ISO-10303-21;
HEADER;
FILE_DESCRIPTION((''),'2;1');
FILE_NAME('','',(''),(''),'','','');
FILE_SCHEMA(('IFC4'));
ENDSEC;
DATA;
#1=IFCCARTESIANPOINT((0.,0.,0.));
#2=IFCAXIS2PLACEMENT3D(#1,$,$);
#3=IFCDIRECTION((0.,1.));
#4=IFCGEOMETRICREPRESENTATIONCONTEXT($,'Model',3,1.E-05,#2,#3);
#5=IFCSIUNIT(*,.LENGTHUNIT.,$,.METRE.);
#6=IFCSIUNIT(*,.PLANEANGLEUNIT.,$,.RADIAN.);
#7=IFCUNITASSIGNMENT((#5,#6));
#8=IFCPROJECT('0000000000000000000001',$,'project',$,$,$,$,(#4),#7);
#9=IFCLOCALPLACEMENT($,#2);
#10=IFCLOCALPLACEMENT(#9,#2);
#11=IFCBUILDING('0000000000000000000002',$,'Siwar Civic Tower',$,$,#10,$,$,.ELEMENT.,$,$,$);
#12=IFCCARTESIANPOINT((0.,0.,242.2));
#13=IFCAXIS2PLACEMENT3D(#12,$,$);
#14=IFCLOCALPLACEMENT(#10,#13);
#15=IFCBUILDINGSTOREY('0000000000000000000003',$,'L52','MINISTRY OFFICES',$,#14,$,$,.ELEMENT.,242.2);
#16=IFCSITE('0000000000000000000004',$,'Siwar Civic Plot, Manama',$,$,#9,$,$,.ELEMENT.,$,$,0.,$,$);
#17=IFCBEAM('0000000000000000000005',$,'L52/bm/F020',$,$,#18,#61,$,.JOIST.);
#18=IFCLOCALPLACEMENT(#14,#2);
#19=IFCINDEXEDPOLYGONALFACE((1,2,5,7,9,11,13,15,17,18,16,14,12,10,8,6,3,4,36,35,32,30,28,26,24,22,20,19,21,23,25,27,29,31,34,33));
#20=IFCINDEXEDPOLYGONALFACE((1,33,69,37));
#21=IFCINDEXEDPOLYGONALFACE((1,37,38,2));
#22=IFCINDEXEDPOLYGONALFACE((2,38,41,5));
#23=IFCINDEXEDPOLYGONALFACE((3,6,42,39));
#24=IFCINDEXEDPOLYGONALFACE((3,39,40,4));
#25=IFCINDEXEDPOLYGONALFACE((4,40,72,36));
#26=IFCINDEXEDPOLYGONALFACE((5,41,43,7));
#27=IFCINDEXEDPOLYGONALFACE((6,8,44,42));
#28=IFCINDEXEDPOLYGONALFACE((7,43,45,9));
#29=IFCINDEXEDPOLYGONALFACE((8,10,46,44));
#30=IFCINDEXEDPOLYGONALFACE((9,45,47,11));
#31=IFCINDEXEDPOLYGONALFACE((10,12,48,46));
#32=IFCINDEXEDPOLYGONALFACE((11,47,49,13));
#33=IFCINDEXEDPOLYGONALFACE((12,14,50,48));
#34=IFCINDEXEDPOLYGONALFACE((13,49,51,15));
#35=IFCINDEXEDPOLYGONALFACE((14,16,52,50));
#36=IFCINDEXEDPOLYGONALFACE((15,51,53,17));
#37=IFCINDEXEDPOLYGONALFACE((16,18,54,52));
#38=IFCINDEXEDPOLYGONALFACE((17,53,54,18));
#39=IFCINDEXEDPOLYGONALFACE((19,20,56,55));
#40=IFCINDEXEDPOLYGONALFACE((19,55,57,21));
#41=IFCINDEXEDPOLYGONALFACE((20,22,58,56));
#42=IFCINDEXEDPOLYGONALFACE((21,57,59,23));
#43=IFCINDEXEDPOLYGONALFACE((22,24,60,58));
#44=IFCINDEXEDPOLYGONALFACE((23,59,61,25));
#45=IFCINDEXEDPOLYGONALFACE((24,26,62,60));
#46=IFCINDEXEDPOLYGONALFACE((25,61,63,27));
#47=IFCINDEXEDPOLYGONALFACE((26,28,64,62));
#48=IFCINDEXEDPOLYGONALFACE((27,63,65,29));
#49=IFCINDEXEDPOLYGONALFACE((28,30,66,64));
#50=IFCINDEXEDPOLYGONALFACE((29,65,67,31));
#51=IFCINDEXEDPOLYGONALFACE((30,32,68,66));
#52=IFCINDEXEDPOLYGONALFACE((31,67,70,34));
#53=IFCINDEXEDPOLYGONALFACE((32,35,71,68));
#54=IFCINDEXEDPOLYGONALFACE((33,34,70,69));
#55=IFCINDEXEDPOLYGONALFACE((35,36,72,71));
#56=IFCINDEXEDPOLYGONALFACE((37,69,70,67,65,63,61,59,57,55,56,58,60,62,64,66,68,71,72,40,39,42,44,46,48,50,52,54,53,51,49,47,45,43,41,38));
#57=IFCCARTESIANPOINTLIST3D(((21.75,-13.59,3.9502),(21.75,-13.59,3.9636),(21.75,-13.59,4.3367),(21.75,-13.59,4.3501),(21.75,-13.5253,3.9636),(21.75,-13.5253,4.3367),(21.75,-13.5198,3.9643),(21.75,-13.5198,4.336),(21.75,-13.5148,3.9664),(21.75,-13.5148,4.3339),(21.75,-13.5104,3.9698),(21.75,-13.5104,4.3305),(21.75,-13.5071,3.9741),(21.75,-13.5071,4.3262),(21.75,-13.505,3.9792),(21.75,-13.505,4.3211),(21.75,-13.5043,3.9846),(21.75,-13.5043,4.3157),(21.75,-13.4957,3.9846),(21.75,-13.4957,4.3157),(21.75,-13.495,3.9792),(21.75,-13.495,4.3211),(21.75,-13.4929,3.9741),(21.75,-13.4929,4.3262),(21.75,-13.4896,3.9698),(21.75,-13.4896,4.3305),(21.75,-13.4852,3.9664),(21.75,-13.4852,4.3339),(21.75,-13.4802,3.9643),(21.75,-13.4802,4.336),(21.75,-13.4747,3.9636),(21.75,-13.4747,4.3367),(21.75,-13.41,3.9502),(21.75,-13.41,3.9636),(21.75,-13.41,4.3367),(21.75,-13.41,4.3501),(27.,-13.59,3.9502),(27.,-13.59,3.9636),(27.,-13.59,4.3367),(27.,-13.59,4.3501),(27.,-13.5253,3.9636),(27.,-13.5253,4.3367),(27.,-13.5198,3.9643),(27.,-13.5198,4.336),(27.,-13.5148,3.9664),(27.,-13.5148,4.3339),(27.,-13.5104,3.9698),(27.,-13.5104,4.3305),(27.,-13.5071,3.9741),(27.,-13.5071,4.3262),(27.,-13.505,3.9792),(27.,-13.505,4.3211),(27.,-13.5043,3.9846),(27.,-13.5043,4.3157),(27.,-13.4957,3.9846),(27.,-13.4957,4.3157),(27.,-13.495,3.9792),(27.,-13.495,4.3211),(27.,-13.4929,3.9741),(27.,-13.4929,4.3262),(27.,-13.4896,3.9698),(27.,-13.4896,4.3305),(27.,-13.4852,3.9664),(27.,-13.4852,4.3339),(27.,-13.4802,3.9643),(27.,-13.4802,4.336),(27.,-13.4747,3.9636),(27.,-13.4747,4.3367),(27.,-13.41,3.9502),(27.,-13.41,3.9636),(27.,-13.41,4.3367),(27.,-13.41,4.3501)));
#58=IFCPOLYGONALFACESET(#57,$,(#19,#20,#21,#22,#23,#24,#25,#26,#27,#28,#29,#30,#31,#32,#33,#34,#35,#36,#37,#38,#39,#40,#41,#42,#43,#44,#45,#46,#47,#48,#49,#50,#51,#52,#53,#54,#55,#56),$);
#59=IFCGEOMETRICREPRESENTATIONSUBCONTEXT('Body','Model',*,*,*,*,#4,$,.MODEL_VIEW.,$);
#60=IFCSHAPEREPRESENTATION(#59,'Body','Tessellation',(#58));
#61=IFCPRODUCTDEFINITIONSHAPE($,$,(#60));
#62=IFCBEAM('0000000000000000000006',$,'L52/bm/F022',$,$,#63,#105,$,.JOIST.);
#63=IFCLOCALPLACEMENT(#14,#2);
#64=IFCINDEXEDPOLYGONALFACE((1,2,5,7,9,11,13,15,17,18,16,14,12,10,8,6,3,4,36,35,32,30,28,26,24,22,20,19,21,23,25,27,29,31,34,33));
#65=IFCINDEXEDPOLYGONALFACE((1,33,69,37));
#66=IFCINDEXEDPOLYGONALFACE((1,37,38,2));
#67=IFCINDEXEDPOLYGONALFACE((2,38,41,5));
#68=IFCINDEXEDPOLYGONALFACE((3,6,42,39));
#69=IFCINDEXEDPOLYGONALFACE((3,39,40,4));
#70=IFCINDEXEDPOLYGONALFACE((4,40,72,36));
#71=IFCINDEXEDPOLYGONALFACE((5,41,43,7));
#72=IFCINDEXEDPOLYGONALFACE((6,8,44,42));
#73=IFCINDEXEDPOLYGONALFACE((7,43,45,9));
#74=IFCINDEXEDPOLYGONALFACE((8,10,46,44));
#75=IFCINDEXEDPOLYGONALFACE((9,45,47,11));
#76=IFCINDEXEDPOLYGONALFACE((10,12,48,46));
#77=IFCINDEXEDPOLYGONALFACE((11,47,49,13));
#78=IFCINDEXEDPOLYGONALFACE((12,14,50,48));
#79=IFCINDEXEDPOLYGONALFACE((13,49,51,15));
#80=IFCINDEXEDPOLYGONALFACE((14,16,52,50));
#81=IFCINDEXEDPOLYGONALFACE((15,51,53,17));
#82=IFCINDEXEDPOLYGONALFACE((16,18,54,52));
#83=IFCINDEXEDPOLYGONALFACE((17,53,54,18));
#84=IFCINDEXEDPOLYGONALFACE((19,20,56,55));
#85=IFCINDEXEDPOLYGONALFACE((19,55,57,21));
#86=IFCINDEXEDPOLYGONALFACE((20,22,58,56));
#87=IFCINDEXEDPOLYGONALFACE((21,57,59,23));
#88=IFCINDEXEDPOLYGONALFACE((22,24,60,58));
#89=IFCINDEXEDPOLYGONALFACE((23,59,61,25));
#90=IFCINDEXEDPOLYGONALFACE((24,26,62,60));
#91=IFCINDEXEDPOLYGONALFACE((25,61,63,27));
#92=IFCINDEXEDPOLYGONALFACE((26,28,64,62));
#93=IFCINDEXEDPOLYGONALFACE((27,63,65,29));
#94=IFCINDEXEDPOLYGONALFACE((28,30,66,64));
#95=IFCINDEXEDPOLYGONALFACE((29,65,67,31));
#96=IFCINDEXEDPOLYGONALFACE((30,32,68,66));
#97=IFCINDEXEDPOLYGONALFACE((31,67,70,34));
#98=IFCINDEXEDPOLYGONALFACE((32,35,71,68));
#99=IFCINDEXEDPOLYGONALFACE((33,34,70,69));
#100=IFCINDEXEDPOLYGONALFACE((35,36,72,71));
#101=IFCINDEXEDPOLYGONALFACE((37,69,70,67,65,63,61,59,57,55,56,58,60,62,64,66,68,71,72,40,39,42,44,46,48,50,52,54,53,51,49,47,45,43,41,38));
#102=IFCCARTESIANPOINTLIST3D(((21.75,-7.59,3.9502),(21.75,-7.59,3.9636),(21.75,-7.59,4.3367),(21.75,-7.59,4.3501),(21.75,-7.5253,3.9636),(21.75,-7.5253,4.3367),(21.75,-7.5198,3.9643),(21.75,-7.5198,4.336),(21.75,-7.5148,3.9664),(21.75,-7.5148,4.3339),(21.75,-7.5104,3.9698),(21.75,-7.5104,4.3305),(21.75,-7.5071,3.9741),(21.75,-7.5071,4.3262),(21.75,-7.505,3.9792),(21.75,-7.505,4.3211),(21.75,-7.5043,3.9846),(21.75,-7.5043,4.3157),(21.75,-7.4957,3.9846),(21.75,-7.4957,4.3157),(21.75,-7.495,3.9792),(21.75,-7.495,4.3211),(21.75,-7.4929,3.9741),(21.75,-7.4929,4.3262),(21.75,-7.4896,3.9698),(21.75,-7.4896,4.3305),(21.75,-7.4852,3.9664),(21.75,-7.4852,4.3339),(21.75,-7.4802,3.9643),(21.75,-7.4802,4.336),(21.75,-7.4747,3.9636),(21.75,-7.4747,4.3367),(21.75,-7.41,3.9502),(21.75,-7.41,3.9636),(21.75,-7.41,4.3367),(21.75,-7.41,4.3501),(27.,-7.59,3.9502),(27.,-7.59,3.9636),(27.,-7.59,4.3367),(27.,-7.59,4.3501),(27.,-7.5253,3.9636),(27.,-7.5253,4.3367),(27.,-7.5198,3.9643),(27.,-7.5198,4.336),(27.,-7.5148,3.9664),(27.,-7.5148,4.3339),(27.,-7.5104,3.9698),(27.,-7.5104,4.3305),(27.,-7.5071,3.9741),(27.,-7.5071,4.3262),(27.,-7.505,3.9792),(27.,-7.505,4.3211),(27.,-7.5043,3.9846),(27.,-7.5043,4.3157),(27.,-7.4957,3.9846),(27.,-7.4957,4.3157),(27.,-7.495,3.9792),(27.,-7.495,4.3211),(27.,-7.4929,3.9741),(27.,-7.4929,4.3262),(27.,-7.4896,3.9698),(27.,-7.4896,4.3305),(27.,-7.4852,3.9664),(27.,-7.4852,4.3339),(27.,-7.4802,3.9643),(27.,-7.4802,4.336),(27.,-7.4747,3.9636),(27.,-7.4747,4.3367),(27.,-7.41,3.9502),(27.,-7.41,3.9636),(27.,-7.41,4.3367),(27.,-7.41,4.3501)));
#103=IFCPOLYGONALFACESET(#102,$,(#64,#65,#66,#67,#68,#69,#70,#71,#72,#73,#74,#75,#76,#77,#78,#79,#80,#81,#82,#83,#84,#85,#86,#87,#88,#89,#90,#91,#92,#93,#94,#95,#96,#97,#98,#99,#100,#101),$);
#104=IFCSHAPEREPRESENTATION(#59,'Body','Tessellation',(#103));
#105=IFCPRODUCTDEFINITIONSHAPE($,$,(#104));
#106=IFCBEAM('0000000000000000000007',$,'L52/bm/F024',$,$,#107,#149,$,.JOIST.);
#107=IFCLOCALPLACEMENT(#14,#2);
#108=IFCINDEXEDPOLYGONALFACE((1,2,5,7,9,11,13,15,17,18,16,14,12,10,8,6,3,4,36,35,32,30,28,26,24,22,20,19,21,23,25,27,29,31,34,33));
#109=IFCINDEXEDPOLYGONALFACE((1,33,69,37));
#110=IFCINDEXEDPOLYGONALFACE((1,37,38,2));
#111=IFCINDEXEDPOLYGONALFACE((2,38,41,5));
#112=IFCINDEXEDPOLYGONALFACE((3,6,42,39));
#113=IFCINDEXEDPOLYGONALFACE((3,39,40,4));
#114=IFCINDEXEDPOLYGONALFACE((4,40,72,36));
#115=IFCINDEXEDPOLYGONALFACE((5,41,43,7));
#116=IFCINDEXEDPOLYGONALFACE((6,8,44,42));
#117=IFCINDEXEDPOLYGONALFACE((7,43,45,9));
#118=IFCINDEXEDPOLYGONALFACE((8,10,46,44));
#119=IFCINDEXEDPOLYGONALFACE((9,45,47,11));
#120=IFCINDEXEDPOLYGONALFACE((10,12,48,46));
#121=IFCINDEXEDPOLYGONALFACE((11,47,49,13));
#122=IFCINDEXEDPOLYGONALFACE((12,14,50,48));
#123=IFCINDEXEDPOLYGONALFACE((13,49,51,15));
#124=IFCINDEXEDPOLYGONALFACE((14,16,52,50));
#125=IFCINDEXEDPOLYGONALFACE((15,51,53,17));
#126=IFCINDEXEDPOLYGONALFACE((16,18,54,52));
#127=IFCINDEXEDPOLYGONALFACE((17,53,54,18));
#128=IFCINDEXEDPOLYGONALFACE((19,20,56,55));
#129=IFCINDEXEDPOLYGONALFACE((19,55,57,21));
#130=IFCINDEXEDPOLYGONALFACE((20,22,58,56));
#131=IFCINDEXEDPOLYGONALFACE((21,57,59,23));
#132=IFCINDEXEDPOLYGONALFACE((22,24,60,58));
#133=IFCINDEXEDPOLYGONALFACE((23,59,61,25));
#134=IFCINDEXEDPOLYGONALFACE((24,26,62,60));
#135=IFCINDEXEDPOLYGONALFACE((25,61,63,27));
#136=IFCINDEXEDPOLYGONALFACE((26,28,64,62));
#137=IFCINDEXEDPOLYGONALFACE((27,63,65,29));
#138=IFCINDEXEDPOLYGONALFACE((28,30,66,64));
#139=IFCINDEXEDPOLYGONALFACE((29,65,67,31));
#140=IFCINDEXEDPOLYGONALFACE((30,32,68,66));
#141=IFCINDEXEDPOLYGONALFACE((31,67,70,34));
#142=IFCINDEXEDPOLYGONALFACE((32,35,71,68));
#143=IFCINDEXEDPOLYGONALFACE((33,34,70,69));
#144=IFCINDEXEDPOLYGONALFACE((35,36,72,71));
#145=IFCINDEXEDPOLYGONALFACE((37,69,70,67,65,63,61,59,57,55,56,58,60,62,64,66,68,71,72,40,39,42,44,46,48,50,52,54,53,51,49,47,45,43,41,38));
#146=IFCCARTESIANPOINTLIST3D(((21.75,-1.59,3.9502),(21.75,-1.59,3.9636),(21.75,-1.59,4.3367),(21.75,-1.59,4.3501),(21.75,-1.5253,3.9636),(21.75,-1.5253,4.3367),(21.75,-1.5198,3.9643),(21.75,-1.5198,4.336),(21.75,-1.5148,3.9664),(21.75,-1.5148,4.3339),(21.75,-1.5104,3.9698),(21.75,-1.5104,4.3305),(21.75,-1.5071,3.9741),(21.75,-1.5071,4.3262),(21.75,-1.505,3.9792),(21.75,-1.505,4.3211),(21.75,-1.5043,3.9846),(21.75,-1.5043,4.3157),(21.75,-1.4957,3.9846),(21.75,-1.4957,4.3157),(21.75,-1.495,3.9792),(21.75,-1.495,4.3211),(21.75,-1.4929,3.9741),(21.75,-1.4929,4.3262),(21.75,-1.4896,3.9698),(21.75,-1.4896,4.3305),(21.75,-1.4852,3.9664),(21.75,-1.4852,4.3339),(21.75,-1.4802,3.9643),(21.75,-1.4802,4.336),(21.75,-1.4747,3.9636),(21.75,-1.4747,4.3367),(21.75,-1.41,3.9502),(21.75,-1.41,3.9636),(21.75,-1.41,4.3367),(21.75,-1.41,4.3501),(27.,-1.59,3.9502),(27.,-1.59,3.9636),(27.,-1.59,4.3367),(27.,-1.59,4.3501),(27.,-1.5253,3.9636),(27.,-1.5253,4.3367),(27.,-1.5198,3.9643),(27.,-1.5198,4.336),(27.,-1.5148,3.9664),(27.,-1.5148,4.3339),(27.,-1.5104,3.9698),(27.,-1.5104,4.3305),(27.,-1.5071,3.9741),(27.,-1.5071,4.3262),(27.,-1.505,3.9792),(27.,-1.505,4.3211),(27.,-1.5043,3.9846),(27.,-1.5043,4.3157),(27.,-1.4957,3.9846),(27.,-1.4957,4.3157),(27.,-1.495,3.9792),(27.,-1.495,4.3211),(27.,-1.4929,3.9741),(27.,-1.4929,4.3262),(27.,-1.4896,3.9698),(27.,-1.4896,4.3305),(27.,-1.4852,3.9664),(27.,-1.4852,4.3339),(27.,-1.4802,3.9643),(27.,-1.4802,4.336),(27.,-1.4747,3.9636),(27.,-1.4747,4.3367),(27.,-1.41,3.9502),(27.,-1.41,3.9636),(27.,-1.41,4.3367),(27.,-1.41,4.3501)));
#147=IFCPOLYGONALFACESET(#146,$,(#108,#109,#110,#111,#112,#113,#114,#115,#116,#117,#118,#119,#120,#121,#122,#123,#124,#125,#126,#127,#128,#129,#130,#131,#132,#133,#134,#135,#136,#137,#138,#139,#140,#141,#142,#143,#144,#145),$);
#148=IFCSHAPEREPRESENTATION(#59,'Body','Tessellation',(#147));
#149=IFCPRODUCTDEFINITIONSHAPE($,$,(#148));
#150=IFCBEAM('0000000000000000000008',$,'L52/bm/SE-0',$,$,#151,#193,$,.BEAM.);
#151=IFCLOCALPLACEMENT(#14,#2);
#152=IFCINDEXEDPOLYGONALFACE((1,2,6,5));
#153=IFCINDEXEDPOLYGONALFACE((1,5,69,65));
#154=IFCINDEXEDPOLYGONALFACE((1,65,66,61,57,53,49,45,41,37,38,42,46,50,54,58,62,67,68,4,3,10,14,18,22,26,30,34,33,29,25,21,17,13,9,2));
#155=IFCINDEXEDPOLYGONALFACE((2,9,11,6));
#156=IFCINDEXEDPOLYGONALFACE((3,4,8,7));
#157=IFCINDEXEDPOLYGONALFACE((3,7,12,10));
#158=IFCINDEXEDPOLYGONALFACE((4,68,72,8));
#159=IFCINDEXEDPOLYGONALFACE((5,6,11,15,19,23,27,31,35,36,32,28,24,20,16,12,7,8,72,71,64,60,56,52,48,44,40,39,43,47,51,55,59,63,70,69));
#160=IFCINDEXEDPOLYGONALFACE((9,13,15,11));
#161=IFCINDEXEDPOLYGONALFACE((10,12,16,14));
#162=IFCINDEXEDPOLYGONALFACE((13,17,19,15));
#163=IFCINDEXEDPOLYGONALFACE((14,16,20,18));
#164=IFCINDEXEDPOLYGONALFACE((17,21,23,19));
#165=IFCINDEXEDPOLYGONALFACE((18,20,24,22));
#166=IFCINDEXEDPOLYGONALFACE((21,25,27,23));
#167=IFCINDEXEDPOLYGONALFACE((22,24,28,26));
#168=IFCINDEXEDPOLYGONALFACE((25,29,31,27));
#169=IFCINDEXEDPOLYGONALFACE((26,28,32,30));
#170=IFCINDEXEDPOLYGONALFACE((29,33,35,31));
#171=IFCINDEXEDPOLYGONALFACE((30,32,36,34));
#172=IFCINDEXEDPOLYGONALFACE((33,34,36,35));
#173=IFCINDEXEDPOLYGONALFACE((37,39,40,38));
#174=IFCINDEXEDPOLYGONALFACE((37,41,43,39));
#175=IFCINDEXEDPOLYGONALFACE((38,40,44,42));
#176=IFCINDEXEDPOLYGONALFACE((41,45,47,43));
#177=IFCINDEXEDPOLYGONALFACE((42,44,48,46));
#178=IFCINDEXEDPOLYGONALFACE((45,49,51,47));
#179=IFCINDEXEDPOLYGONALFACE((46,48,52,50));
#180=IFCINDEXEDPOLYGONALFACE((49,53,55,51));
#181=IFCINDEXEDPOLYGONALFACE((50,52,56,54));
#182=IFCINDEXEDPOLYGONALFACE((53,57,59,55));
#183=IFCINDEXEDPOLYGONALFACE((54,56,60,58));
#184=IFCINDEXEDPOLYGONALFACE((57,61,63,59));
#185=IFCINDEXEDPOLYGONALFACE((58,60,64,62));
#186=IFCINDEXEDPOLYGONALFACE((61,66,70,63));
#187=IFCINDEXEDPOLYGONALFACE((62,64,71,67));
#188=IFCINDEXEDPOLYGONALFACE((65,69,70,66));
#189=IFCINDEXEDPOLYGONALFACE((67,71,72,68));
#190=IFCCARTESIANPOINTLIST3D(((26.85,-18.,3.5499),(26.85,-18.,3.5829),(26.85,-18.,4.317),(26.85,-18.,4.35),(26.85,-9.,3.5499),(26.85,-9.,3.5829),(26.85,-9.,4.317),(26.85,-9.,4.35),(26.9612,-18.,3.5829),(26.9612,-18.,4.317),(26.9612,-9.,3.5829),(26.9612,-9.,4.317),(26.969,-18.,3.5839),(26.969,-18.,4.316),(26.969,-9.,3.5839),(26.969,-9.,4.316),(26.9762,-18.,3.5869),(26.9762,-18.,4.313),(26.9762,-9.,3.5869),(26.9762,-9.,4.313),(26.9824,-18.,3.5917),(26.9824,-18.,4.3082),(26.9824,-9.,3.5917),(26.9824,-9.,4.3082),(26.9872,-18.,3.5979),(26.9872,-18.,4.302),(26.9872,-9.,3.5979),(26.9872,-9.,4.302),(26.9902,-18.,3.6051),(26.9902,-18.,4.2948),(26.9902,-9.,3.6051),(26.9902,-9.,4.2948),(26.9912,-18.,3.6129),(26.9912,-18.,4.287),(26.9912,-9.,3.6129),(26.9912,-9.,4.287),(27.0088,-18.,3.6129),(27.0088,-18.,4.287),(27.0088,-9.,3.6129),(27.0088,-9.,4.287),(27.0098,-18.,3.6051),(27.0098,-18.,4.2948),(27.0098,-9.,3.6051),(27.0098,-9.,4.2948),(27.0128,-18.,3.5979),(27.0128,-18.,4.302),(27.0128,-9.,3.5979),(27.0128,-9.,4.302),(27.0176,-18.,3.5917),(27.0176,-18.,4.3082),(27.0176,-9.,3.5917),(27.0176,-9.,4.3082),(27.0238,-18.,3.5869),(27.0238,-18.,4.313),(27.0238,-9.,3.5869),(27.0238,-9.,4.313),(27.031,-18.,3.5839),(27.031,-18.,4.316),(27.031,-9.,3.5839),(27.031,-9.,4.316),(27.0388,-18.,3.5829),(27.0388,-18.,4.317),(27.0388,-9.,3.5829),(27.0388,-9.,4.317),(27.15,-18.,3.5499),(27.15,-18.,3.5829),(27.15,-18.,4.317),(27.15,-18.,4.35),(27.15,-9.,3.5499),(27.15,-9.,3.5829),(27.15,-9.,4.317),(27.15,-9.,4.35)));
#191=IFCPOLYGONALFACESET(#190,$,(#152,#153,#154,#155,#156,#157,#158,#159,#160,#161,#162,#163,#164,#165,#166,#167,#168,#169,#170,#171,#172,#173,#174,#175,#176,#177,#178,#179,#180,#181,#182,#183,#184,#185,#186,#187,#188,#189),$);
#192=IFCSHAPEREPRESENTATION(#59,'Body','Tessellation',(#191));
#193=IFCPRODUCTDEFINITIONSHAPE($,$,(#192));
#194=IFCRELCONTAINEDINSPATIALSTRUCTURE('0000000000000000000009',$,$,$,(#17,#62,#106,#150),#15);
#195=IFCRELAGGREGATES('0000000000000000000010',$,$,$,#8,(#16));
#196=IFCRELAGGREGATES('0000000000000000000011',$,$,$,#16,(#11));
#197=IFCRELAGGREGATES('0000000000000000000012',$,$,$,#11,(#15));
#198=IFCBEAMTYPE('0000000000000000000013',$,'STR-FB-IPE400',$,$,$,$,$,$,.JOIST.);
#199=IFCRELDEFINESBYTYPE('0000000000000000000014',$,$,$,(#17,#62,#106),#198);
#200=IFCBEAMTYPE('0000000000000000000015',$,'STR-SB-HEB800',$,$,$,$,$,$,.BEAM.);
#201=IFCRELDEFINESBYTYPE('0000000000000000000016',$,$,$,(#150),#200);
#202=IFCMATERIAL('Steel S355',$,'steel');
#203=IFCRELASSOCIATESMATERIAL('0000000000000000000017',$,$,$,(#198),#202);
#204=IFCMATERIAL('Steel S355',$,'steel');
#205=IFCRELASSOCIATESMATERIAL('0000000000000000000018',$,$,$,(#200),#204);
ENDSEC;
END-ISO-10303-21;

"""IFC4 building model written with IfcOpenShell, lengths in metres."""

from ifc_helpers import new_model, si_unit, direction, frame, origin, origin_2d, place, context, subcontext, project, spatial, i_section, extrude, material, material_profile, profile_set, type_object, element, save


model = new_model("IFC4")

# Units and contexts
model_context = context("Model", 3, precision=1e-05, world=origin(), true_north=direction((0.0, 1.0)))
body_context = subcontext(model_context, "Body", "Model", "MODEL_VIEW")
ifc_project = project(units=[si_unit("LENGTHUNIT", "METRE"), si_unit("PLANEANGLEUNIT", "RADIAN")], contexts=[model_context])

# Site, building, storey
site_placement = place(None, origin())
site = spatial("IfcSite", under=ifc_project, at=site_placement, Name="Siwar Civic Plot, Manama", CompositionType="ELEMENT", RefElevation=0.0)
building_placement = place(site_placement, origin())
building = spatial("IfcBuilding", under=site, at=building_placement, Name="Siwar Civic Tower", CompositionType="ELEMENT")
storey_placement = place(building_placement, frame((0.0, 0.0, 242.2)))
storey = spatial("IfcBuildingStorey", under=building, at=storey_placement, Name="L52", Description="MINISTRY OFFICES", CompositionType="ELEMENT", Elevation=242.2)

# Beams
ifc_material_1 = material(Name="Steel S355", Category="steel")
ifc_material_profile_1 = material_profile(ifc_material_1, i_section(OverallWidth=0.1799, OverallDepth=0.3999, WebThickness=0.0085, FlangeThickness=0.0134, FilletRadius=0.021, at=origin_2d()), Name="IPE400")
ifc_profile_set_1 = profile_set([ifc_material_profile_1], Name="Steel S355")
beam_type_1 = type_object("IfcBeamType", Name="STR-FB-IPE400", PredefinedType="JOIST", material=ifc_profile_set_1)
for number, where, z_axis, x_axis, name in (
    (1, (21.75, -13.5, 4.1501), (1.0, 0.0, 0.0), (0.0, 1.0, 0.0), "L52/bm/F020"),
    (2, (21.75, -7.5, 4.1501), (1.0, 0.0, 0.0), (0.0, 1.0, 0.0), "L52/bm/F022"),
    (3, (21.75, -1.5, 4.1501), (1.0, 0.0, 0.0), (0.0, 1.0, 0.0), "L52/bm/F024"),
):
    element("IfcBeam", number, at=place(storey_placement, frame(where, z_axis=z_axis, x_axis=x_axis)), inside=storey, type_object=beam_type_1, Name=name, PredefinedType="JOIST", context=body_context, shape_type="SweptSolid", body=[
        extrude(i_section(OverallWidth=0.1799, OverallDepth=0.3999, WebThickness=0.0085, FlangeThickness=0.0134, FilletRadius=0.021, at=origin_2d()), origin(), (0.0, 0.0, 1.0), 5.25),
    ])
ifc_material_2 = material(Name="Steel S355", Category="steel")
ifc_material_profile_2 = material_profile(ifc_material_2, i_section(OverallWidth=0.3, OverallDepth=0.8, WebThickness=0.0176, FlangeThickness=0.033, FilletRadius=0.03, at=origin_2d()), Name="HEB800")
ifc_profile_set_2 = profile_set([ifc_material_profile_2], Name="Steel S355")
beam_type_2 = type_object("IfcBeamType", Name="STR-SB-HEB800", PredefinedType="BEAM", material=ifc_profile_set_2)
for number, where, z_axis, x_axis, name in (
    (4, (27.0, -18.0, 3.95), (0.0, 1.0, 0.0), (-1.0, 0.0, 0.0), "L52/bm/SE-0"),
):
    element("IfcBeam", number, at=place(storey_placement, frame(where, z_axis=z_axis, x_axis=x_axis)), inside=storey, type_object=beam_type_2, Name=name, PredefinedType="BEAM", context=body_context, shape_type="SweptSolid", body=[
        extrude(i_section(OverallWidth=0.3, OverallDepth=0.8, WebThickness=0.0176, FlangeThickness=0.033, FilletRadius=0.03, at=origin_2d()), origin(), (0.0, 0.0, 1.0), 9.0),
    ])

save(model, "model.ifc")
